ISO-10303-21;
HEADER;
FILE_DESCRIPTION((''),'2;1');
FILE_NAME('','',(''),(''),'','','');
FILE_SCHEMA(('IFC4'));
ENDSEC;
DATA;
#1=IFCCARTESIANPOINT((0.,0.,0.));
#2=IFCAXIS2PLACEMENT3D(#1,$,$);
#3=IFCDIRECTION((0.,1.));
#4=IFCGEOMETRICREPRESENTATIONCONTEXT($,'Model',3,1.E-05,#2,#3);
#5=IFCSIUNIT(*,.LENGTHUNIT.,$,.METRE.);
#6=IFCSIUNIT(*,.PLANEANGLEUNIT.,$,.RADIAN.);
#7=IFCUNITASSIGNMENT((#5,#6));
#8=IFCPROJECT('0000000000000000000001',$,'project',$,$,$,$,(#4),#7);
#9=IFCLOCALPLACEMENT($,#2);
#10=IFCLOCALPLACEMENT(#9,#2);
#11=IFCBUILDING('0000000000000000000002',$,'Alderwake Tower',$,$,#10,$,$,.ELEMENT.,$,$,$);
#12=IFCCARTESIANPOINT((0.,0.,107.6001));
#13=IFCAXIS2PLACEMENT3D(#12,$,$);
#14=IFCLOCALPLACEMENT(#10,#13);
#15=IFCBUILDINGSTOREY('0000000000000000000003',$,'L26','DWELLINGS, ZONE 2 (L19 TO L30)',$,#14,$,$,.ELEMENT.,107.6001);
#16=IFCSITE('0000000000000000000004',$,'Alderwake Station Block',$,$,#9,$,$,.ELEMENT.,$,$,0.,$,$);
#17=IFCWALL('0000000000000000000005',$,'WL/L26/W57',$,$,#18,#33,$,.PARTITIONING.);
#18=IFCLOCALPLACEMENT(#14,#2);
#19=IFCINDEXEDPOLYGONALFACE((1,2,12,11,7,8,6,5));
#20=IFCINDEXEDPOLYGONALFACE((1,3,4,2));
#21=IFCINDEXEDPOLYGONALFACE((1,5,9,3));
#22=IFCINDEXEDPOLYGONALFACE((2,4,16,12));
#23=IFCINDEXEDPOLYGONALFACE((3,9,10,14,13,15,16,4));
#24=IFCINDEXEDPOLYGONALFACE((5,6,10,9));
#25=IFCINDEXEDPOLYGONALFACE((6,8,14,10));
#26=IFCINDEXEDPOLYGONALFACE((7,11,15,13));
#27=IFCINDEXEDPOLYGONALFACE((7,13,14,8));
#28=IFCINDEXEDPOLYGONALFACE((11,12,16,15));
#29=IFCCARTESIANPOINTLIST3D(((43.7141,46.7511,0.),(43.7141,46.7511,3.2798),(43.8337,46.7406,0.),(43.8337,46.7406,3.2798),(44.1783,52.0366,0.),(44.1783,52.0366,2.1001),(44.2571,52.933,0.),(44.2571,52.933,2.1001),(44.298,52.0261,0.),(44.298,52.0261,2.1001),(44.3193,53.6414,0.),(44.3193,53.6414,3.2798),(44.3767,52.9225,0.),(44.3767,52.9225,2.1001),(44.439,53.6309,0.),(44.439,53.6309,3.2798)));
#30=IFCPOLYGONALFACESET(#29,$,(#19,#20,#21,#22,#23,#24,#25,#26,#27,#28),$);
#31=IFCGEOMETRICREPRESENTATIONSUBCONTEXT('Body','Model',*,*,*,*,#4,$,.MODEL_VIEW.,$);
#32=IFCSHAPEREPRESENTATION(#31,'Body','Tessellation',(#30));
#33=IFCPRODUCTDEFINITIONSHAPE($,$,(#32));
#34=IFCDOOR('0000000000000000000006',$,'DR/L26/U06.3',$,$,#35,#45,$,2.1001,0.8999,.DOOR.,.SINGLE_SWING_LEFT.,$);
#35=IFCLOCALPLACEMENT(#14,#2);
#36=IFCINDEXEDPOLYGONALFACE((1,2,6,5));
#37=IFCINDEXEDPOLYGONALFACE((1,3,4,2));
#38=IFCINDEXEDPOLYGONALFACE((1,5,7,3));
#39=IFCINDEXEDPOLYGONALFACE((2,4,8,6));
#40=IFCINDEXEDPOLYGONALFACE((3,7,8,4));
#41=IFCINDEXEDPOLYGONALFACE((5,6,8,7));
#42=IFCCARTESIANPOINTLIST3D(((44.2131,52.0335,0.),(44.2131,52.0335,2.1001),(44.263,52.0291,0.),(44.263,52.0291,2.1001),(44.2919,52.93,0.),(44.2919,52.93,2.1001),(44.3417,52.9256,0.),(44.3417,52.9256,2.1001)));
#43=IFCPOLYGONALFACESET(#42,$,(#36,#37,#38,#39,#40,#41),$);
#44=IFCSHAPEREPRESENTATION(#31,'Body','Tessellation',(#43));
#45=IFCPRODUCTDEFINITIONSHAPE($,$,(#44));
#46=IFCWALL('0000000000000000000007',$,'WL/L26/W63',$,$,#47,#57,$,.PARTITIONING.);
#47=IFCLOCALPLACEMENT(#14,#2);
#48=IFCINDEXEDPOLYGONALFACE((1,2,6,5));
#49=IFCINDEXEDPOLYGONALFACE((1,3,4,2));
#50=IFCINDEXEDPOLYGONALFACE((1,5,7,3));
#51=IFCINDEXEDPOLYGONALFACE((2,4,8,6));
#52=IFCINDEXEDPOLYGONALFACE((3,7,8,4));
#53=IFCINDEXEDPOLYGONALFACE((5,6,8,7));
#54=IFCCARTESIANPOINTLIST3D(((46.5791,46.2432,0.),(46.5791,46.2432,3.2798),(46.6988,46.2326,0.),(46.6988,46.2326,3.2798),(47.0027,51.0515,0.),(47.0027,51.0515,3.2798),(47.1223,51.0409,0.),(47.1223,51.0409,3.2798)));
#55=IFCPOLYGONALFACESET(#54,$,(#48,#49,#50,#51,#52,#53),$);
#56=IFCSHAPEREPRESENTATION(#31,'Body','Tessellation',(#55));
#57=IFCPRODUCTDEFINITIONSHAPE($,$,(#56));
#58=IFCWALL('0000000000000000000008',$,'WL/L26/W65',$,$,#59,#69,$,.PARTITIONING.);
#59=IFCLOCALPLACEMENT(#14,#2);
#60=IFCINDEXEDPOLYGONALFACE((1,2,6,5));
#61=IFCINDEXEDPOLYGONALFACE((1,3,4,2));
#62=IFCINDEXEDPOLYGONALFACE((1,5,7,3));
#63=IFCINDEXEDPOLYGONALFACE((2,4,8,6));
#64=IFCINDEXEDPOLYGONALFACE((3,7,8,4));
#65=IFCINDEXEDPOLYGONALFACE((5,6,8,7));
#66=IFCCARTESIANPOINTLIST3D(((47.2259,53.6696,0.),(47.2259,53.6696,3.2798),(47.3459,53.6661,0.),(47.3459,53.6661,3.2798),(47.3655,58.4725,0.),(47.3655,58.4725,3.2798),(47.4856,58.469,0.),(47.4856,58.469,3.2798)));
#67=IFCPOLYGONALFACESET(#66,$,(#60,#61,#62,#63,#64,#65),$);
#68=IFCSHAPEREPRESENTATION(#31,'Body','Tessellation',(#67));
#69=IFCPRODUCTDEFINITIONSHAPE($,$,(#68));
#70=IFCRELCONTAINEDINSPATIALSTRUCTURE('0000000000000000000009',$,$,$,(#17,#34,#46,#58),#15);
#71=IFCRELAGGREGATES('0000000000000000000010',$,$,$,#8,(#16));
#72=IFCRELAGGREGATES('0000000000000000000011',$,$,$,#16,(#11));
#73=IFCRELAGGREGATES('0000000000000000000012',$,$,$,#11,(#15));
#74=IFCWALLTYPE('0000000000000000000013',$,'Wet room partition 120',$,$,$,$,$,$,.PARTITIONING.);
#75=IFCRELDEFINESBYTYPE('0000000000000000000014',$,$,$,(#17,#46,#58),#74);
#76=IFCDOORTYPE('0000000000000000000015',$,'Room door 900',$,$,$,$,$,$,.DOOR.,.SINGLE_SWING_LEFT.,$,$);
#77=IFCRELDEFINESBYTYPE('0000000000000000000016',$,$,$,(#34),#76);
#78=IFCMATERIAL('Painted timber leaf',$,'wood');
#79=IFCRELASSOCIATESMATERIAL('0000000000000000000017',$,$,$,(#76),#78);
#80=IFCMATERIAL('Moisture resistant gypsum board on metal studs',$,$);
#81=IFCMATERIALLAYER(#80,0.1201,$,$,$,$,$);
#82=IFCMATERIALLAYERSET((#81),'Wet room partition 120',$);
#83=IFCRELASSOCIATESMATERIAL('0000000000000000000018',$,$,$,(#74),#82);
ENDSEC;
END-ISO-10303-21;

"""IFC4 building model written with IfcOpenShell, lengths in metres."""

from ifc_helpers import new_model, si_unit, direction, frame, frame_2d, origin, place, context, subcontext, project, spatial, rectangle, extrude, material, layer, layer_set, type_object, element, fill, save


model = new_model("IFC4")

# Units and contexts
model_context = context("Model", 3, precision=1e-05, world=origin(), true_north=direction((0.0, 1.0)))
body_context = subcontext(model_context, "Body", "Model", "MODEL_VIEW")
ifc_project = project(units=[si_unit("LENGTHUNIT", "METRE"), si_unit("PLANEANGLEUNIT", "RADIAN")], contexts=[model_context])

# Site, building, storey
site_placement = place(None, origin())
site = spatial("IfcSite", under=ifc_project, at=site_placement, Name="Alderwake Station Block", CompositionType="ELEMENT", RefElevation=0.0)
building_placement = place(site_placement, origin())
building = spatial("IfcBuilding", under=site, at=building_placement, Name="Alderwake Tower", CompositionType="ELEMENT")
storey_placement = place(building_placement, frame((0.0, 0.0, 107.6001)))
storey = spatial("IfcBuildingStorey", under=building, at=storey_placement, Name="L26", Description="DWELLINGS, ZONE 2 (L19 TO L30)", CompositionType="ELEMENT", Elevation=107.6001)

# Shared definitions
ifc_material_1 = material(Name="Painted timber leaf", Category="wood")
door_type_1 = type_object("IfcDoorType", Name="Room door 900", OperationType="SINGLE_SWING_LEFT", PredefinedType="DOOR", material=ifc_material_1)

# Shared definitions
ifc_material_2 = material(Name="Moisture resistant gypsum board on metal studs")
ifc_layer_1 = layer(ifc_material_2, 0.1201)
ifc_layer_set_1 = layer_set([ifc_layer_1], Name="Wet room partition 120")
wall_type_1 = type_object("IfcWallType", Name="Wet room partition 120", PredefinedType="PARTITIONING", material=ifc_layer_set_1)

# Wall, opening, door
wall_1_placement = place(storey_placement, frame((44.3792, 53.6362, 0.0), z_axis=(0.0, 0.0, 1.0), x_axis=(-0.087502, -0.996164, 0.0)))
wall_1 = element("IfcWall", 1, at=wall_1_placement, inside=storey, type_object=wall_type_1, Name="WL/L26/W57", PredefinedType="PARTITIONING", context=body_context, shape_type="SweptSolid", body=[
    extrude(rectangle(XDim=6.9167, YDim=0.1201, at=frame_2d((3.4585, 0.0))), origin(), (0.0, 0.0, 1.0), 3.2798),
])
opening_1_placement = place(wall_1_placement, frame((0.7112, 0.0, 0.0)))
opening_1 = element("IfcOpeningElement", 2, at=opening_1_placement, cuts=wall_1, PredefinedType="OPENING", context=body_context, shape_type="SweptSolid", body=[
    extrude(rectangle(XDim=0.8999, YDim=2.1001, at=frame_2d((0.45, 1.05))), frame((0.0, 0.0701, 0.0), z_axis=(0.0, -1.0, 0.0), x_axis=(1.0, 0.0, 0.0)), (0.0, 0.0, 1.0), 0.1401),
])
door_1_placement = place(opening_1_placement, origin())
door_1 = element("IfcDoor", 3, at=door_1_placement, inside=storey, type_object=door_type_1, Name="DR/L26/U06.3", OperationType="SINGLE_SWING_LEFT", OverallHeight=2.1001, OverallWidth=0.8999, PredefinedType="DOOR", context=body_context, shape_type="SweptSolid", body=[
    extrude(rectangle(XDim=0.8999, YDim=2.1001, at=frame_2d((0.45, 1.05))), frame((0.0, 0.0249, 0.0), z_axis=(0.0, -1.0, 0.0), x_axis=(1.0, 0.0, 0.0)), (0.0, 0.0, 1.0), 0.05),
])
fill(opening_1, door_1)

# Walls
wall_2_placement = place(storey_placement, frame((46.6389, 46.2378, 0.0), z_axis=(0.0, 0.0, 1.0), x_axis=(0.087754, 0.996142, 0.0)))
element("IfcWall", 4, at=wall_2_placement, inside=storey, type_object=wall_type_1, Name="WL/L26/W63", PredefinedType="PARTITIONING", context=body_context, shape_type="SweptSolid", body=[
    extrude(rectangle(XDim=4.8269, YDim=0.1201, at=frame_2d((2.4136, 0.0))), origin(), (0.0, 0.0, 1.0), 3.2798),
])
wall_3_placement = place(storey_placement, frame((47.2859, 53.668, 0.0), z_axis=(0.0, 0.0, 1.0), x_axis=(0.029063, 0.999578, 0.0)))
element("IfcWall", 5, at=wall_3_placement, inside=storey, type_object=wall_type_1, Name="WL/L26/W65", PredefinedType="PARTITIONING", context=body_context, shape_type="SweptSolid", body=[
    extrude(rectangle(XDim=4.8049, YDim=0.1201, at=frame_2d((2.4023, 0.0))), origin(), (0.0, 0.0, 1.0), 3.2798),
])

save(model, "model.ifc")
